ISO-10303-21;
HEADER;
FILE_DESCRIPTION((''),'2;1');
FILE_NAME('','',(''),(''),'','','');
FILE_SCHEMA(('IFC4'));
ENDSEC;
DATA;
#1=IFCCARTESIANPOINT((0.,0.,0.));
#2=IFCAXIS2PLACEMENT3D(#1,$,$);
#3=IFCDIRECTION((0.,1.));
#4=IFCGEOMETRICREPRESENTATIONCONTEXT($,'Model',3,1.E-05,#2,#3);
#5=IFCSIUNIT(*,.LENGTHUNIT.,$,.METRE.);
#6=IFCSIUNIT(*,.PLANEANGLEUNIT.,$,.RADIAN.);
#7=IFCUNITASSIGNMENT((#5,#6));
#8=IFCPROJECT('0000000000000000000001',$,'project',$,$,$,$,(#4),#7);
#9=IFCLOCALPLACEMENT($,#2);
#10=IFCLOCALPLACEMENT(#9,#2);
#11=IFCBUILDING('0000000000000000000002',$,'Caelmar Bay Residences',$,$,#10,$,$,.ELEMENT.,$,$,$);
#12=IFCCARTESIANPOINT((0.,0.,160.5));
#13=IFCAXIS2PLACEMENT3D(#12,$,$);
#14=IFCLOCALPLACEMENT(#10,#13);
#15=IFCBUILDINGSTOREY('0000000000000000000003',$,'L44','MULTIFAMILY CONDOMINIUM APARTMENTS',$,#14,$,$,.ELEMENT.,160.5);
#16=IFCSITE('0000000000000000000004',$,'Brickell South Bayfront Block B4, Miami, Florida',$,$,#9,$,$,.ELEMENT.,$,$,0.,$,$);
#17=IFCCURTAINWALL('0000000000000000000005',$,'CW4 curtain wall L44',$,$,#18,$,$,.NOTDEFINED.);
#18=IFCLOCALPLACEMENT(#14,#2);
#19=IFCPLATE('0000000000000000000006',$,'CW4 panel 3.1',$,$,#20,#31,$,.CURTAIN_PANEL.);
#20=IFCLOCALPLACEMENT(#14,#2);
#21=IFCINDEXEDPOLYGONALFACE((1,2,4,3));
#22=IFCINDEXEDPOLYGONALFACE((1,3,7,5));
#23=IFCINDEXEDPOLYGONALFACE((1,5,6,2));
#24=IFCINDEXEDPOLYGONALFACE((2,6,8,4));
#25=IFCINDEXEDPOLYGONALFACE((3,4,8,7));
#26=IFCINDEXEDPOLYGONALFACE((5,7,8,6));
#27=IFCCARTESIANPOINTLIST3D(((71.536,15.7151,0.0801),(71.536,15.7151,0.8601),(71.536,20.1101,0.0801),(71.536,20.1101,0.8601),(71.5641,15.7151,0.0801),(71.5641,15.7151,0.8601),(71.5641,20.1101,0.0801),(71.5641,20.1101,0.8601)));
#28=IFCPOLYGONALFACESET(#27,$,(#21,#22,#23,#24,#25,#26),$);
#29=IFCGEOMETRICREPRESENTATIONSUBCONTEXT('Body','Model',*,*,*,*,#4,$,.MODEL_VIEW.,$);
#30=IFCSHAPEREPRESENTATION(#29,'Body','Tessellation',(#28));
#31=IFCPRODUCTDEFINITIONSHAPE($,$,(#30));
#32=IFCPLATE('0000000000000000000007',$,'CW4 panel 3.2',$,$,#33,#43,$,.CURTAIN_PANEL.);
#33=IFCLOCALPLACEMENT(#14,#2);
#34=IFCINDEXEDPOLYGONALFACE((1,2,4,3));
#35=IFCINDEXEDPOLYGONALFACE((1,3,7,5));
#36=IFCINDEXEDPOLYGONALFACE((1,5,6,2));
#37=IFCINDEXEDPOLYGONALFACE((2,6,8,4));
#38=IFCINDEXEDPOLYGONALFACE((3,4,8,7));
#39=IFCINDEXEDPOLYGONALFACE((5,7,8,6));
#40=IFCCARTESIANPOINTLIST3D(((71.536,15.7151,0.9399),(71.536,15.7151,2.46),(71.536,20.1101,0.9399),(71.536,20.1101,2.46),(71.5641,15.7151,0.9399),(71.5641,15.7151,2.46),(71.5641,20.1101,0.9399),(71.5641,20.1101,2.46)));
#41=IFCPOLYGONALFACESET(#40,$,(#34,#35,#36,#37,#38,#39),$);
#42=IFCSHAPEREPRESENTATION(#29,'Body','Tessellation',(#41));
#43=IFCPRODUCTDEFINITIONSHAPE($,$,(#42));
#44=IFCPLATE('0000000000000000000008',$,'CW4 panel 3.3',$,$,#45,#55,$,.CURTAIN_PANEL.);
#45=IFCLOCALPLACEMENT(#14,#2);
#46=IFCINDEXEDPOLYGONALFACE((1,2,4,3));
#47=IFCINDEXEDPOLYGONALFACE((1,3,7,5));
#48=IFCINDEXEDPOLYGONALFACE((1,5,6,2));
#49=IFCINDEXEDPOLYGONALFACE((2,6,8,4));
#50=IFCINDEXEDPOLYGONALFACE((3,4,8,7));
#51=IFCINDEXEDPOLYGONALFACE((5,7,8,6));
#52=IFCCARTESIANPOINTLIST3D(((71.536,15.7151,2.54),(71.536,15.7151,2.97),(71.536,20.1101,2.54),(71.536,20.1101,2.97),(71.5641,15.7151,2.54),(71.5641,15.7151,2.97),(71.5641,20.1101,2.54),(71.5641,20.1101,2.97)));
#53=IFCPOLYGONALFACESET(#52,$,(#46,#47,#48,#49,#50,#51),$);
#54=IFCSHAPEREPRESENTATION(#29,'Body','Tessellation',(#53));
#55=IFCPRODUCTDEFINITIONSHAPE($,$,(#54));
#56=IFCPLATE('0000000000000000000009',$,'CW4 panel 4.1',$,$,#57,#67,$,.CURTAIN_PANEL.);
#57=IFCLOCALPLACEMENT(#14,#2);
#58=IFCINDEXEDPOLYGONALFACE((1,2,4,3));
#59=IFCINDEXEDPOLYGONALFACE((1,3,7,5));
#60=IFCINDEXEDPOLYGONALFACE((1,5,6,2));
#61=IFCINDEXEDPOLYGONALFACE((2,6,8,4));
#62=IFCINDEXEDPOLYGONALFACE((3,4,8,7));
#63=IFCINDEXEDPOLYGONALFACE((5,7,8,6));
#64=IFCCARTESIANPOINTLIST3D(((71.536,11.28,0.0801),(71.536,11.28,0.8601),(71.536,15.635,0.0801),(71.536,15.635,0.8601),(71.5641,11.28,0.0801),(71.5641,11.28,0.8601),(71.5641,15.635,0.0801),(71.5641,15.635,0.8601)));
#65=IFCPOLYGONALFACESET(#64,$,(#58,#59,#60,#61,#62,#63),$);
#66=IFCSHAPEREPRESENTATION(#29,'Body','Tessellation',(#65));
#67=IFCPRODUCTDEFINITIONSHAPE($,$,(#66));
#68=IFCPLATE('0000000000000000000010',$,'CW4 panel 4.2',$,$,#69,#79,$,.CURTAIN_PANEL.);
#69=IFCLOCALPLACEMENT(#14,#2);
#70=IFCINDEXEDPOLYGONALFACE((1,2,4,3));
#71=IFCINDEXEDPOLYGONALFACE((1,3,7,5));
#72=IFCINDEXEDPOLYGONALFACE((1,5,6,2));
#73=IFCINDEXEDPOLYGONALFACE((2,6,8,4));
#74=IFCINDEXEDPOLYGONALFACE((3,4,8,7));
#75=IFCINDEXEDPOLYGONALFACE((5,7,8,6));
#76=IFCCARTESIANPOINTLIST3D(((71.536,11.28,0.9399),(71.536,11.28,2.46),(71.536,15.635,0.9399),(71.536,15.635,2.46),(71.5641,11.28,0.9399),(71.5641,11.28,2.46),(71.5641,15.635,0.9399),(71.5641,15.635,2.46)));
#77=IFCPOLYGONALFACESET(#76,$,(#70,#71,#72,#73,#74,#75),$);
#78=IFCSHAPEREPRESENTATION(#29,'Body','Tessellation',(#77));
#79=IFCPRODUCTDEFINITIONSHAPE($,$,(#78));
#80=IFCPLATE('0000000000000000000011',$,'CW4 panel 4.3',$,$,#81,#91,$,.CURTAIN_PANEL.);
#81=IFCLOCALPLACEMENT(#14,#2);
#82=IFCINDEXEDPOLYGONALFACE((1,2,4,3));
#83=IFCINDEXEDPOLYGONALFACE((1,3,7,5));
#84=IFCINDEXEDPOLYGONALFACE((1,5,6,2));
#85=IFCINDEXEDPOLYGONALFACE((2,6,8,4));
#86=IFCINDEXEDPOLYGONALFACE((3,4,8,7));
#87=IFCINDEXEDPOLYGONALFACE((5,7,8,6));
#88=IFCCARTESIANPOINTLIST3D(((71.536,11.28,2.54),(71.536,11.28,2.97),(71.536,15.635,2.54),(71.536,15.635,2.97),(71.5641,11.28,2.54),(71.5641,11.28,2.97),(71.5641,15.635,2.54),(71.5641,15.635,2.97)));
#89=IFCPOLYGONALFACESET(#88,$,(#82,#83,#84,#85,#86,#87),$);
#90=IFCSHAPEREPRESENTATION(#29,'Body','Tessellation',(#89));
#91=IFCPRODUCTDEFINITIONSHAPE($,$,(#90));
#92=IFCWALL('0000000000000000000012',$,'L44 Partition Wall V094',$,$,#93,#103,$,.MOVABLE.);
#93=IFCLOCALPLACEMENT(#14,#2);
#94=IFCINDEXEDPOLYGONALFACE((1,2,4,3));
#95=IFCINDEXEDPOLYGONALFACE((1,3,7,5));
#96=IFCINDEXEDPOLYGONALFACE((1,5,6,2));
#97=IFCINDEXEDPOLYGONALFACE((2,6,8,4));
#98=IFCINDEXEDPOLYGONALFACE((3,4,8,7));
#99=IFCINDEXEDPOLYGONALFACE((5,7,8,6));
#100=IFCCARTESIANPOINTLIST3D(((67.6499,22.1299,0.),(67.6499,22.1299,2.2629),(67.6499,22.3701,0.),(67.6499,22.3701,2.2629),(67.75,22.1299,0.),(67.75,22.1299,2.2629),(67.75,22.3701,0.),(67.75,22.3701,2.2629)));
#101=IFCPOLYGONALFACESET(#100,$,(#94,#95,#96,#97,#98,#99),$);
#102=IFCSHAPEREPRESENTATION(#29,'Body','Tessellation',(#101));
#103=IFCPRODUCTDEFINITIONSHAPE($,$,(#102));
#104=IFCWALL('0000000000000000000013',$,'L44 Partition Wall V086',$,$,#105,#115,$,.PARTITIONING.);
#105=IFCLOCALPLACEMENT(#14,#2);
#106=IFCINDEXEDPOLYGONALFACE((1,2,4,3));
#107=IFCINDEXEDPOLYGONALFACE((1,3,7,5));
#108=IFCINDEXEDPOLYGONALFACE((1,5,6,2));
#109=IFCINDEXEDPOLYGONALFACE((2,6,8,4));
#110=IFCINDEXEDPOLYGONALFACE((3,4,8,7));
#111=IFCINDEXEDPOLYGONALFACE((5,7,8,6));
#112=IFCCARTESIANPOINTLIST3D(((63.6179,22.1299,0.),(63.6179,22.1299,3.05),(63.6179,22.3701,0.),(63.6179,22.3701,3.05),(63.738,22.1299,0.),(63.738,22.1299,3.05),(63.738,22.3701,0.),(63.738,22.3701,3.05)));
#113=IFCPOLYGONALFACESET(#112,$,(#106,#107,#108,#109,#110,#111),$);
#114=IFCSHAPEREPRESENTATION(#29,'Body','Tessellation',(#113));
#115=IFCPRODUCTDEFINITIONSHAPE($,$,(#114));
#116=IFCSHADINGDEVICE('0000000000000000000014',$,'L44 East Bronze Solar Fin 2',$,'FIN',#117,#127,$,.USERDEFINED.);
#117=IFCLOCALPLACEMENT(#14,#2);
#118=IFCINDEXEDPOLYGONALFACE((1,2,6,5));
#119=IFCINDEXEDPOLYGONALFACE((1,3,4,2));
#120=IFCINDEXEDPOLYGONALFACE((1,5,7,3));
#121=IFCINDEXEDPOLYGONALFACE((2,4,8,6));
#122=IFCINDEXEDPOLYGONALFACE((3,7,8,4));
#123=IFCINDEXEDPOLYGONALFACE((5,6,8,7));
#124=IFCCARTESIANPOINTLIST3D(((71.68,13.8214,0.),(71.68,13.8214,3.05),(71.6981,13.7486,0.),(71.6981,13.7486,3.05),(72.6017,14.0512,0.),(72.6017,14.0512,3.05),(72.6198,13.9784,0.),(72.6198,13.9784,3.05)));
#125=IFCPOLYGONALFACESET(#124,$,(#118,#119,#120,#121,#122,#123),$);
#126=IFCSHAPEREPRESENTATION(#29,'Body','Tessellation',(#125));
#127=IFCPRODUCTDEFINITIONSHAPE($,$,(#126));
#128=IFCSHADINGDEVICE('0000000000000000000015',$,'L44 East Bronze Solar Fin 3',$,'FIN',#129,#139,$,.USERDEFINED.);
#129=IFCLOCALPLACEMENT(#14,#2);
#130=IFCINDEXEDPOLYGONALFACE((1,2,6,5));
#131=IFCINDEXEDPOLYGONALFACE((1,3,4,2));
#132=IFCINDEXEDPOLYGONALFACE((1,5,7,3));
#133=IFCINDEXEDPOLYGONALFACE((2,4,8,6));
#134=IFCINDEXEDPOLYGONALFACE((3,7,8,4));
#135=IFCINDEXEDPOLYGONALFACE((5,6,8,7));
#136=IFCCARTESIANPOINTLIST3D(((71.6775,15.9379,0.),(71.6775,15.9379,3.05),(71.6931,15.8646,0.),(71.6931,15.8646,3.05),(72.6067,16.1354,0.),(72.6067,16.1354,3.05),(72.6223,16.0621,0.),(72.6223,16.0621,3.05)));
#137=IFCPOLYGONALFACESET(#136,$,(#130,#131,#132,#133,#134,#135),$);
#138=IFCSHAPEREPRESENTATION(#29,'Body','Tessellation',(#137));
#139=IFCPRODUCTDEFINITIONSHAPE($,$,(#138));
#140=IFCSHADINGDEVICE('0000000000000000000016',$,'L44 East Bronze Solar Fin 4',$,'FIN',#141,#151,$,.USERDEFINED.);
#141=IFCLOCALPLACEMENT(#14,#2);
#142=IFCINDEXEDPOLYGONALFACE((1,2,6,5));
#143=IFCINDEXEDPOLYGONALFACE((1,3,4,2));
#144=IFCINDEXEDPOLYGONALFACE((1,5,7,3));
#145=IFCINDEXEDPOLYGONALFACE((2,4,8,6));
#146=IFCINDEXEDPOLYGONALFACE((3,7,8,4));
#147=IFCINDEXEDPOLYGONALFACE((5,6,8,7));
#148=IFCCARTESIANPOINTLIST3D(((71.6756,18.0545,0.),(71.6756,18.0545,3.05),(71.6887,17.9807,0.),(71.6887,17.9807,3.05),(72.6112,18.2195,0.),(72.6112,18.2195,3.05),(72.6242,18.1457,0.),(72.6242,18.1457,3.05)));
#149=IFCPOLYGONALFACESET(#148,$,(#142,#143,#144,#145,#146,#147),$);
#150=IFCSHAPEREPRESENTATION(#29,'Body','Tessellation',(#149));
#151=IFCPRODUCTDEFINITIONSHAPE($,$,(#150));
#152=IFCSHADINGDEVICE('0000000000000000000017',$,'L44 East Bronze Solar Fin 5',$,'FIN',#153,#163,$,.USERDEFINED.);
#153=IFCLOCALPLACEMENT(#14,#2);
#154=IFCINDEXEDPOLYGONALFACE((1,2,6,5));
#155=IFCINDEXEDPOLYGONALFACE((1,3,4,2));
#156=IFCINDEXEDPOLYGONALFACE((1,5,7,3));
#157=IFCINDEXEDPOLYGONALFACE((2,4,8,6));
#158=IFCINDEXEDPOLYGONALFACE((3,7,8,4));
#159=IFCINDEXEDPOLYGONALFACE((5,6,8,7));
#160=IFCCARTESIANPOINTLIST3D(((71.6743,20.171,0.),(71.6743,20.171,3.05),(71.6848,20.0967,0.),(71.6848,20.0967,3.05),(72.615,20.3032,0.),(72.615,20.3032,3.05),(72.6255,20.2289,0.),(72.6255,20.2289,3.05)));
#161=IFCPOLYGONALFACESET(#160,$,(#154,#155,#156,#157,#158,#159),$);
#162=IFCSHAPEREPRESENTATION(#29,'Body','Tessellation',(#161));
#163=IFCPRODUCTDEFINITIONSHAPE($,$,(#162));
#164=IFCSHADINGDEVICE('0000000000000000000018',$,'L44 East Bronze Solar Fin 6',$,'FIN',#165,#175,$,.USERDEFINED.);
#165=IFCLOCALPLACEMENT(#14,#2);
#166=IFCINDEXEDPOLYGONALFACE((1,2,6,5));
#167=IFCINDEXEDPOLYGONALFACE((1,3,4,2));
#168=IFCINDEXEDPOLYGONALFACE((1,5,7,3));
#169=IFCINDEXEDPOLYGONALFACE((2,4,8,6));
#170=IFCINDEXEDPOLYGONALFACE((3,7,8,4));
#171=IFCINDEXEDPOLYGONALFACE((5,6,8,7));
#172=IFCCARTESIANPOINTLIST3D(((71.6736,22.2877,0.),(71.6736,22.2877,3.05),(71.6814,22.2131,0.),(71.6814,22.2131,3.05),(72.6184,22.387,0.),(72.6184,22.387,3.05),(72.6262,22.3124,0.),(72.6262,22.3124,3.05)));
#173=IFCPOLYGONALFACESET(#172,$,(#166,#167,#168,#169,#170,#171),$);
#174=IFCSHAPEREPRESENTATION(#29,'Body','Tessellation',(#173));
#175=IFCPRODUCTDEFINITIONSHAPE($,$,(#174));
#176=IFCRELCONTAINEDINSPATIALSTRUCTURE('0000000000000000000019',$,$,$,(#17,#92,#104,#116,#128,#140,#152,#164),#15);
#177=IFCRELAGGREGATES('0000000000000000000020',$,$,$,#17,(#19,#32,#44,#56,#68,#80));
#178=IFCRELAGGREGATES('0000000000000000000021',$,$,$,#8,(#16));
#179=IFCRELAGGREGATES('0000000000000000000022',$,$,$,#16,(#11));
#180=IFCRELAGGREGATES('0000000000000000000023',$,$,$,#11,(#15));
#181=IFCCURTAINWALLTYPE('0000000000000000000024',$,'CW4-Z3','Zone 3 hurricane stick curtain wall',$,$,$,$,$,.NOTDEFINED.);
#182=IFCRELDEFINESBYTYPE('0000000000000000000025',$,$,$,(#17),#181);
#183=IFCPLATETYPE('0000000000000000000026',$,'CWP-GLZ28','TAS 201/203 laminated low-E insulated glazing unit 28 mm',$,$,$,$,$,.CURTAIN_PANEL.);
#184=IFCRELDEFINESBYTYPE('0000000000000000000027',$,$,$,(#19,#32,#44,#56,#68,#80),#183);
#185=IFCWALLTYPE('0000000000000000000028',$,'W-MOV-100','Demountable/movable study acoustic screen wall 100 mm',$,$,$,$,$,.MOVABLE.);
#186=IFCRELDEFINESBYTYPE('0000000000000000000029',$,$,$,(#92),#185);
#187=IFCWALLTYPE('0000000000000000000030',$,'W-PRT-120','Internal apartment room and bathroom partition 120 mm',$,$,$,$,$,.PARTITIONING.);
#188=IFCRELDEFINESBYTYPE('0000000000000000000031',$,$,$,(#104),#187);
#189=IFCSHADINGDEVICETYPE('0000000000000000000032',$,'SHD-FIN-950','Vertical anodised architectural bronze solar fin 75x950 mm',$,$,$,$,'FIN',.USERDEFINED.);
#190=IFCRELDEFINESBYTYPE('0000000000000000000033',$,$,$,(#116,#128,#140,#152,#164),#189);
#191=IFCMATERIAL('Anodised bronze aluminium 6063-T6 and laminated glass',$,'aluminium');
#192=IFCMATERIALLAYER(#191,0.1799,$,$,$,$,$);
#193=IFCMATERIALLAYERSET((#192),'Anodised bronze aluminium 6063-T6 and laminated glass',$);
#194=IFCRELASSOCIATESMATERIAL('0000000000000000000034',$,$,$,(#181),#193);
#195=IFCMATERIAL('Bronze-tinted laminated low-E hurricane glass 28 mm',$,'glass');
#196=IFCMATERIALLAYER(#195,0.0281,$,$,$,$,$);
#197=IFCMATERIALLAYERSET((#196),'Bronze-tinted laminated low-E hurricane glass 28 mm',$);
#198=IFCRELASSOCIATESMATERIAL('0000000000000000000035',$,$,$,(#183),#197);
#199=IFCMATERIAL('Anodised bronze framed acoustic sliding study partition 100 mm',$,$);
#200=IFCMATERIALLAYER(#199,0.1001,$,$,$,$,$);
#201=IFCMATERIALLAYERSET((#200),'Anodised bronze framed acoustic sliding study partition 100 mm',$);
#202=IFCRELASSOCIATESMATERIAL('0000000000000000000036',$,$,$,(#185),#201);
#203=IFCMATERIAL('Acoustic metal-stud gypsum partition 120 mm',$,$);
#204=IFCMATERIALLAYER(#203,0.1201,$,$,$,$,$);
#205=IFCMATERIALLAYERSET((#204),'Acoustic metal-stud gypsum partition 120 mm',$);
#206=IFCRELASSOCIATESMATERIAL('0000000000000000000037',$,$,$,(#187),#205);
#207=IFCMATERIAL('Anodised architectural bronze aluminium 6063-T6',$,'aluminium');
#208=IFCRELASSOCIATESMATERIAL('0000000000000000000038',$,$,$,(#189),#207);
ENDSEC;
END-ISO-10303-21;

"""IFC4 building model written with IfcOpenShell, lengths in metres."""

from ifc_helpers import new_model, si_unit, direction, frame, frame_2d, origin, origin_2d, place, context, subcontext, project, spatial, rectangle, extrude, material, layer, layer_set, material_profile, profile_set, type_object, element, aggregate, save


model = new_model("IFC4")

# Units and contexts
model_context = context("Model", 3, precision=1e-05, world=origin(), true_north=direction((0.0, 1.0)))
body_context = subcontext(model_context, "Body", "Model", "MODEL_VIEW")
ifc_project = project(units=[si_unit("LENGTHUNIT", "METRE"), si_unit("PLANEANGLEUNIT", "RADIAN")], contexts=[model_context])

# Site, building, storey
site_placement = place(None, origin())
site = spatial("IfcSite", under=ifc_project, at=site_placement, Name="Brickell South Bayfront Block B4, Miami, Florida", CompositionType="ELEMENT", RefElevation=0.0)
building_placement = place(site_placement, origin())
building = spatial("IfcBuilding", under=site, at=building_placement, Name="Caelmar Bay Residences", CompositionType="ELEMENT")
storey_placement = place(building_placement, frame((0.0, 0.0, 160.5)))
storey = spatial("IfcBuildingStorey", under=building, at=storey_placement, Name="L44", Description="MULTIFAMILY CONDOMINIUM APARTMENTS", CompositionType="ELEMENT", Elevation=160.5)

# Curtain wall, plates
ifc_material_1 = material(Name="Anodised bronze aluminium 6063-T6 and laminated glass", Category="aluminium")
ifc_layer_1 = layer(ifc_material_1, 0.1799)
ifc_layer_set_1 = layer_set([ifc_layer_1], Name="Anodised bronze aluminium 6063-T6 and laminated glass")
curtain_wall_type = type_object("IfcCurtainWallType", Name="CW4-Z3", Description="Zone 3 hurricane stick curtain wall", PredefinedType="NOTDEFINED", material=ifc_layer_set_1)
curtain_wall_placement = place(storey_placement, origin())
curtain_wall = element("IfcCurtainWall", 1, at=curtain_wall_placement, inside=storey, type_object=curtain_wall_type, Name="CW4 curtain wall L44", PredefinedType="NOTDEFINED")
ifc_material_2 = material(Name="Bronze-tinted laminated low-E hurricane glass 28 mm", Category="glass")
ifc_layer_2 = layer(ifc_material_2, 0.0281)
ifc_layer_set_2 = layer_set([ifc_layer_2], Name="Bronze-tinted laminated low-E hurricane glass 28 mm")
plate_type = type_object("IfcPlateType", Name="CWP-GLZ28", Description="TAS 201/203 laminated low-E insulated glazing unit 28 mm", PredefinedType="CURTAIN_PANEL", material=ifc_layer_set_2)
plate_1_placement = place(storey_placement, frame((71.55, 17.9126, 0.0801), z_axis=(0.0, 0.0, 1.0), x_axis=(0.0, -1.0, 0.0)))
plate_1 = element("IfcPlate", 2, at=plate_1_placement, type_object=plate_type, Name="CW4 panel 3.1", PredefinedType="CURTAIN_PANEL", context=body_context, shape_type="SweptSolid", body=[
    extrude(rectangle(XDim=4.395, YDim=0.0281, at=origin_2d()), origin(), (0.0, 0.0, 1.0), 0.78),
])
plate_2_placement = place(storey_placement, frame((71.55, 17.9126, 0.9399), z_axis=(0.0, 0.0, 1.0), x_axis=(0.0, -1.0, 0.0)))
plate_2 = element("IfcPlate", 3, at=plate_2_placement, type_object=plate_type, Name="CW4 panel 3.2", PredefinedType="CURTAIN_PANEL", context=body_context, shape_type="SweptSolid", body=[
    extrude(rectangle(XDim=4.395, YDim=0.0281, at=origin_2d()), origin(), (0.0, 0.0, 1.0), 1.52),
])
plate_3_placement = place(storey_placement, frame((71.55, 17.9126, 2.54), z_axis=(0.0, 0.0, 1.0), x_axis=(0.0, -1.0, 0.0)))
plate_3 = element("IfcPlate", 4, at=plate_3_placement, type_object=plate_type, Name="CW4 panel 3.3", PredefinedType="CURTAIN_PANEL", context=body_context, shape_type="SweptSolid", body=[
    extrude(rectangle(XDim=4.395, YDim=0.0281, at=origin_2d()), origin(), (0.0, 0.0, 1.0), 0.4299),
])
plate_4_placement = place(storey_placement, frame((71.55, 13.4575, 0.0801), z_axis=(0.0, 0.0, 1.0), x_axis=(0.0, -1.0, 0.0)))
plate_4 = element("IfcPlate", 5, at=plate_4_placement, type_object=plate_type, Name="CW4 panel 4.1", PredefinedType="CURTAIN_PANEL", context=body_context, shape_type="SweptSolid", body=[
    extrude(rectangle(XDim=4.355, YDim=0.0281, at=origin_2d()), origin(), (0.0, 0.0, 1.0), 0.78),
])
plate_5_placement = place(storey_placement, frame((71.55, 13.4575, 0.9399), z_axis=(0.0, 0.0, 1.0), x_axis=(0.0, -1.0, 0.0)))
plate_5 = element("IfcPlate", 6, at=plate_5_placement, type_object=plate_type, Name="CW4 panel 4.2", PredefinedType="CURTAIN_PANEL", context=body_context, shape_type="SweptSolid", body=[
    extrude(rectangle(XDim=4.355, YDim=0.0281, at=origin_2d()), origin(), (0.0, 0.0, 1.0), 1.52),
])
plate_6_placement = place(storey_placement, frame((71.55, 13.4575, 2.54), z_axis=(0.0, 0.0, 1.0), x_axis=(0.0, -1.0, 0.0)))
plate_6 = element("IfcPlate", 7, at=plate_6_placement, type_object=plate_type, Name="CW4 panel 4.3", PredefinedType="CURTAIN_PANEL", context=body_context, shape_type="SweptSolid", body=[
    extrude(rectangle(XDim=4.355, YDim=0.0281, at=origin_2d()), origin(), (0.0, 0.0, 1.0), 0.4299),
])
aggregate(curtain_wall, [plate_1, plate_2, plate_3, plate_4, plate_5, plate_6])

# Walls
ifc_material_3 = material(Name="Anodised bronze framed acoustic sliding study partition 100 mm")
ifc_layer_3 = layer(ifc_material_3, 0.1001)
ifc_layer_set_3 = layer_set([ifc_layer_3], Name="Anodised bronze framed acoustic sliding study partition 100 mm")
wall_type_1 = type_object("IfcWallType", Name="W-MOV-100", Description="Demountable/movable study acoustic screen wall 100 mm", PredefinedType="MOVABLE", material=ifc_layer_set_3)
wall_1_placement = place(storey_placement, frame((67.7, 22.1299, 0.0), z_axis=(0.0, 0.0, 1.0), x_axis=(0.0, 1.0, 0.0)))
element("IfcWall", 8, at=wall_1_placement, inside=storey, type_object=wall_type_1, Name="L44 Partition Wall V094", PredefinedType="MOVABLE", context=body_context, shape_type="SweptSolid", body=[
    extrude(rectangle(XDim=0.2402, YDim=0.1001, at=frame_2d((0.1201, 0.0))), origin(), (0.0, 0.0, 1.0), 2.2629),
])
ifc_material_4 = material(Name="Acoustic metal-stud gypsum partition 120 mm")
ifc_layer_4 = layer(ifc_material_4, 0.1201)
ifc_layer_set_4 = layer_set([ifc_layer_4], Name="Acoustic metal-stud gypsum partition 120 mm")
wall_type_2 = type_object("IfcWallType", Name="W-PRT-120", Description="Internal apartment room and bathroom partition 120 mm", PredefinedType="PARTITIONING", material=ifc_layer_set_4)
wall_2_placement = place(storey_placement, frame((63.678, 22.1299, 0.0), z_axis=(0.0, 0.0, 1.0), x_axis=(0.0, 1.0, 0.0)))
element("IfcWall", 9, at=wall_2_placement, inside=storey, type_object=wall_type_2, Name="L44 Partition Wall V086", PredefinedType="PARTITIONING", context=body_context, shape_type="SweptSolid", body=[
    extrude(rectangle(XDim=0.2402, YDim=0.1201, at=frame_2d((0.1201, 0.0))), origin(), (0.0, 0.0, 1.0), 3.05),
])

# Shading devices
ifc_material_5 = material(Name="Anodised architectural bronze aluminium 6063-T6", Category="aluminium")
ifc_material_profile_1 = material_profile(ifc_material_5, rectangle(XDim=0.075, YDim=0.95, at=origin_2d()), Name="BRONZE-FIN-75X950")
ifc_profile_set_1 = profile_set([ifc_material_profile_1], Name="Anodised architectural bronze aluminium 6063-T6")
shading_device_type = type_object("IfcShadingDeviceType", Name="SHD-FIN-950", Description="Vertical anodised architectural bronze solar fin 75x950 mm", ElementType="FIN", PredefinedType="USERDEFINED", material=ifc_profile_set_1)
for number, where, z_axis, x_axis, name in (
    (10, (72.1499, 13.8999, 0.0), (0.0, 0.0, 1.0), (-0.241922, 0.970296, 0.0), "L44 East Bronze Solar Fin 2"),
    (11, (72.1499, 16.0, 0.0), (0.0, 0.0, 1.0), (-0.207912, 0.978148, 0.0), "L44 East Bronze Solar Fin 3"),
    (12, (72.1499, 18.1001, 0.0), (0.0, 0.0, 1.0), (-0.173648, 0.984808, 0.0), "L44 East Bronze Solar Fin 4"),
    (13, (72.1499, 20.2, 0.0), (0.0, 0.0, 1.0), (-0.139173, 0.990268, 0.0), "L44 East Bronze Solar Fin 5"),
    (14, (72.1499, 22.3, 0.0), (0.0, 0.0, 1.0), (-0.104528, 0.994522, 0.0), "L44 East Bronze Solar Fin 6"),
):
    element("IfcShadingDevice", number, at=place(storey_placement, frame(where, z_axis=z_axis, x_axis=x_axis)), inside=storey, type_object=shading_device_type, Name=name, ObjectType="FIN", PredefinedType="USERDEFINED", context=body_context, shape_type="SweptSolid", body=[
        extrude(rectangle(XDim=0.075, YDim=0.95, at=origin_2d()), origin(), (0.0, 0.0, 1.0), 3.05),
    ])

save(model, "model.ifc")
